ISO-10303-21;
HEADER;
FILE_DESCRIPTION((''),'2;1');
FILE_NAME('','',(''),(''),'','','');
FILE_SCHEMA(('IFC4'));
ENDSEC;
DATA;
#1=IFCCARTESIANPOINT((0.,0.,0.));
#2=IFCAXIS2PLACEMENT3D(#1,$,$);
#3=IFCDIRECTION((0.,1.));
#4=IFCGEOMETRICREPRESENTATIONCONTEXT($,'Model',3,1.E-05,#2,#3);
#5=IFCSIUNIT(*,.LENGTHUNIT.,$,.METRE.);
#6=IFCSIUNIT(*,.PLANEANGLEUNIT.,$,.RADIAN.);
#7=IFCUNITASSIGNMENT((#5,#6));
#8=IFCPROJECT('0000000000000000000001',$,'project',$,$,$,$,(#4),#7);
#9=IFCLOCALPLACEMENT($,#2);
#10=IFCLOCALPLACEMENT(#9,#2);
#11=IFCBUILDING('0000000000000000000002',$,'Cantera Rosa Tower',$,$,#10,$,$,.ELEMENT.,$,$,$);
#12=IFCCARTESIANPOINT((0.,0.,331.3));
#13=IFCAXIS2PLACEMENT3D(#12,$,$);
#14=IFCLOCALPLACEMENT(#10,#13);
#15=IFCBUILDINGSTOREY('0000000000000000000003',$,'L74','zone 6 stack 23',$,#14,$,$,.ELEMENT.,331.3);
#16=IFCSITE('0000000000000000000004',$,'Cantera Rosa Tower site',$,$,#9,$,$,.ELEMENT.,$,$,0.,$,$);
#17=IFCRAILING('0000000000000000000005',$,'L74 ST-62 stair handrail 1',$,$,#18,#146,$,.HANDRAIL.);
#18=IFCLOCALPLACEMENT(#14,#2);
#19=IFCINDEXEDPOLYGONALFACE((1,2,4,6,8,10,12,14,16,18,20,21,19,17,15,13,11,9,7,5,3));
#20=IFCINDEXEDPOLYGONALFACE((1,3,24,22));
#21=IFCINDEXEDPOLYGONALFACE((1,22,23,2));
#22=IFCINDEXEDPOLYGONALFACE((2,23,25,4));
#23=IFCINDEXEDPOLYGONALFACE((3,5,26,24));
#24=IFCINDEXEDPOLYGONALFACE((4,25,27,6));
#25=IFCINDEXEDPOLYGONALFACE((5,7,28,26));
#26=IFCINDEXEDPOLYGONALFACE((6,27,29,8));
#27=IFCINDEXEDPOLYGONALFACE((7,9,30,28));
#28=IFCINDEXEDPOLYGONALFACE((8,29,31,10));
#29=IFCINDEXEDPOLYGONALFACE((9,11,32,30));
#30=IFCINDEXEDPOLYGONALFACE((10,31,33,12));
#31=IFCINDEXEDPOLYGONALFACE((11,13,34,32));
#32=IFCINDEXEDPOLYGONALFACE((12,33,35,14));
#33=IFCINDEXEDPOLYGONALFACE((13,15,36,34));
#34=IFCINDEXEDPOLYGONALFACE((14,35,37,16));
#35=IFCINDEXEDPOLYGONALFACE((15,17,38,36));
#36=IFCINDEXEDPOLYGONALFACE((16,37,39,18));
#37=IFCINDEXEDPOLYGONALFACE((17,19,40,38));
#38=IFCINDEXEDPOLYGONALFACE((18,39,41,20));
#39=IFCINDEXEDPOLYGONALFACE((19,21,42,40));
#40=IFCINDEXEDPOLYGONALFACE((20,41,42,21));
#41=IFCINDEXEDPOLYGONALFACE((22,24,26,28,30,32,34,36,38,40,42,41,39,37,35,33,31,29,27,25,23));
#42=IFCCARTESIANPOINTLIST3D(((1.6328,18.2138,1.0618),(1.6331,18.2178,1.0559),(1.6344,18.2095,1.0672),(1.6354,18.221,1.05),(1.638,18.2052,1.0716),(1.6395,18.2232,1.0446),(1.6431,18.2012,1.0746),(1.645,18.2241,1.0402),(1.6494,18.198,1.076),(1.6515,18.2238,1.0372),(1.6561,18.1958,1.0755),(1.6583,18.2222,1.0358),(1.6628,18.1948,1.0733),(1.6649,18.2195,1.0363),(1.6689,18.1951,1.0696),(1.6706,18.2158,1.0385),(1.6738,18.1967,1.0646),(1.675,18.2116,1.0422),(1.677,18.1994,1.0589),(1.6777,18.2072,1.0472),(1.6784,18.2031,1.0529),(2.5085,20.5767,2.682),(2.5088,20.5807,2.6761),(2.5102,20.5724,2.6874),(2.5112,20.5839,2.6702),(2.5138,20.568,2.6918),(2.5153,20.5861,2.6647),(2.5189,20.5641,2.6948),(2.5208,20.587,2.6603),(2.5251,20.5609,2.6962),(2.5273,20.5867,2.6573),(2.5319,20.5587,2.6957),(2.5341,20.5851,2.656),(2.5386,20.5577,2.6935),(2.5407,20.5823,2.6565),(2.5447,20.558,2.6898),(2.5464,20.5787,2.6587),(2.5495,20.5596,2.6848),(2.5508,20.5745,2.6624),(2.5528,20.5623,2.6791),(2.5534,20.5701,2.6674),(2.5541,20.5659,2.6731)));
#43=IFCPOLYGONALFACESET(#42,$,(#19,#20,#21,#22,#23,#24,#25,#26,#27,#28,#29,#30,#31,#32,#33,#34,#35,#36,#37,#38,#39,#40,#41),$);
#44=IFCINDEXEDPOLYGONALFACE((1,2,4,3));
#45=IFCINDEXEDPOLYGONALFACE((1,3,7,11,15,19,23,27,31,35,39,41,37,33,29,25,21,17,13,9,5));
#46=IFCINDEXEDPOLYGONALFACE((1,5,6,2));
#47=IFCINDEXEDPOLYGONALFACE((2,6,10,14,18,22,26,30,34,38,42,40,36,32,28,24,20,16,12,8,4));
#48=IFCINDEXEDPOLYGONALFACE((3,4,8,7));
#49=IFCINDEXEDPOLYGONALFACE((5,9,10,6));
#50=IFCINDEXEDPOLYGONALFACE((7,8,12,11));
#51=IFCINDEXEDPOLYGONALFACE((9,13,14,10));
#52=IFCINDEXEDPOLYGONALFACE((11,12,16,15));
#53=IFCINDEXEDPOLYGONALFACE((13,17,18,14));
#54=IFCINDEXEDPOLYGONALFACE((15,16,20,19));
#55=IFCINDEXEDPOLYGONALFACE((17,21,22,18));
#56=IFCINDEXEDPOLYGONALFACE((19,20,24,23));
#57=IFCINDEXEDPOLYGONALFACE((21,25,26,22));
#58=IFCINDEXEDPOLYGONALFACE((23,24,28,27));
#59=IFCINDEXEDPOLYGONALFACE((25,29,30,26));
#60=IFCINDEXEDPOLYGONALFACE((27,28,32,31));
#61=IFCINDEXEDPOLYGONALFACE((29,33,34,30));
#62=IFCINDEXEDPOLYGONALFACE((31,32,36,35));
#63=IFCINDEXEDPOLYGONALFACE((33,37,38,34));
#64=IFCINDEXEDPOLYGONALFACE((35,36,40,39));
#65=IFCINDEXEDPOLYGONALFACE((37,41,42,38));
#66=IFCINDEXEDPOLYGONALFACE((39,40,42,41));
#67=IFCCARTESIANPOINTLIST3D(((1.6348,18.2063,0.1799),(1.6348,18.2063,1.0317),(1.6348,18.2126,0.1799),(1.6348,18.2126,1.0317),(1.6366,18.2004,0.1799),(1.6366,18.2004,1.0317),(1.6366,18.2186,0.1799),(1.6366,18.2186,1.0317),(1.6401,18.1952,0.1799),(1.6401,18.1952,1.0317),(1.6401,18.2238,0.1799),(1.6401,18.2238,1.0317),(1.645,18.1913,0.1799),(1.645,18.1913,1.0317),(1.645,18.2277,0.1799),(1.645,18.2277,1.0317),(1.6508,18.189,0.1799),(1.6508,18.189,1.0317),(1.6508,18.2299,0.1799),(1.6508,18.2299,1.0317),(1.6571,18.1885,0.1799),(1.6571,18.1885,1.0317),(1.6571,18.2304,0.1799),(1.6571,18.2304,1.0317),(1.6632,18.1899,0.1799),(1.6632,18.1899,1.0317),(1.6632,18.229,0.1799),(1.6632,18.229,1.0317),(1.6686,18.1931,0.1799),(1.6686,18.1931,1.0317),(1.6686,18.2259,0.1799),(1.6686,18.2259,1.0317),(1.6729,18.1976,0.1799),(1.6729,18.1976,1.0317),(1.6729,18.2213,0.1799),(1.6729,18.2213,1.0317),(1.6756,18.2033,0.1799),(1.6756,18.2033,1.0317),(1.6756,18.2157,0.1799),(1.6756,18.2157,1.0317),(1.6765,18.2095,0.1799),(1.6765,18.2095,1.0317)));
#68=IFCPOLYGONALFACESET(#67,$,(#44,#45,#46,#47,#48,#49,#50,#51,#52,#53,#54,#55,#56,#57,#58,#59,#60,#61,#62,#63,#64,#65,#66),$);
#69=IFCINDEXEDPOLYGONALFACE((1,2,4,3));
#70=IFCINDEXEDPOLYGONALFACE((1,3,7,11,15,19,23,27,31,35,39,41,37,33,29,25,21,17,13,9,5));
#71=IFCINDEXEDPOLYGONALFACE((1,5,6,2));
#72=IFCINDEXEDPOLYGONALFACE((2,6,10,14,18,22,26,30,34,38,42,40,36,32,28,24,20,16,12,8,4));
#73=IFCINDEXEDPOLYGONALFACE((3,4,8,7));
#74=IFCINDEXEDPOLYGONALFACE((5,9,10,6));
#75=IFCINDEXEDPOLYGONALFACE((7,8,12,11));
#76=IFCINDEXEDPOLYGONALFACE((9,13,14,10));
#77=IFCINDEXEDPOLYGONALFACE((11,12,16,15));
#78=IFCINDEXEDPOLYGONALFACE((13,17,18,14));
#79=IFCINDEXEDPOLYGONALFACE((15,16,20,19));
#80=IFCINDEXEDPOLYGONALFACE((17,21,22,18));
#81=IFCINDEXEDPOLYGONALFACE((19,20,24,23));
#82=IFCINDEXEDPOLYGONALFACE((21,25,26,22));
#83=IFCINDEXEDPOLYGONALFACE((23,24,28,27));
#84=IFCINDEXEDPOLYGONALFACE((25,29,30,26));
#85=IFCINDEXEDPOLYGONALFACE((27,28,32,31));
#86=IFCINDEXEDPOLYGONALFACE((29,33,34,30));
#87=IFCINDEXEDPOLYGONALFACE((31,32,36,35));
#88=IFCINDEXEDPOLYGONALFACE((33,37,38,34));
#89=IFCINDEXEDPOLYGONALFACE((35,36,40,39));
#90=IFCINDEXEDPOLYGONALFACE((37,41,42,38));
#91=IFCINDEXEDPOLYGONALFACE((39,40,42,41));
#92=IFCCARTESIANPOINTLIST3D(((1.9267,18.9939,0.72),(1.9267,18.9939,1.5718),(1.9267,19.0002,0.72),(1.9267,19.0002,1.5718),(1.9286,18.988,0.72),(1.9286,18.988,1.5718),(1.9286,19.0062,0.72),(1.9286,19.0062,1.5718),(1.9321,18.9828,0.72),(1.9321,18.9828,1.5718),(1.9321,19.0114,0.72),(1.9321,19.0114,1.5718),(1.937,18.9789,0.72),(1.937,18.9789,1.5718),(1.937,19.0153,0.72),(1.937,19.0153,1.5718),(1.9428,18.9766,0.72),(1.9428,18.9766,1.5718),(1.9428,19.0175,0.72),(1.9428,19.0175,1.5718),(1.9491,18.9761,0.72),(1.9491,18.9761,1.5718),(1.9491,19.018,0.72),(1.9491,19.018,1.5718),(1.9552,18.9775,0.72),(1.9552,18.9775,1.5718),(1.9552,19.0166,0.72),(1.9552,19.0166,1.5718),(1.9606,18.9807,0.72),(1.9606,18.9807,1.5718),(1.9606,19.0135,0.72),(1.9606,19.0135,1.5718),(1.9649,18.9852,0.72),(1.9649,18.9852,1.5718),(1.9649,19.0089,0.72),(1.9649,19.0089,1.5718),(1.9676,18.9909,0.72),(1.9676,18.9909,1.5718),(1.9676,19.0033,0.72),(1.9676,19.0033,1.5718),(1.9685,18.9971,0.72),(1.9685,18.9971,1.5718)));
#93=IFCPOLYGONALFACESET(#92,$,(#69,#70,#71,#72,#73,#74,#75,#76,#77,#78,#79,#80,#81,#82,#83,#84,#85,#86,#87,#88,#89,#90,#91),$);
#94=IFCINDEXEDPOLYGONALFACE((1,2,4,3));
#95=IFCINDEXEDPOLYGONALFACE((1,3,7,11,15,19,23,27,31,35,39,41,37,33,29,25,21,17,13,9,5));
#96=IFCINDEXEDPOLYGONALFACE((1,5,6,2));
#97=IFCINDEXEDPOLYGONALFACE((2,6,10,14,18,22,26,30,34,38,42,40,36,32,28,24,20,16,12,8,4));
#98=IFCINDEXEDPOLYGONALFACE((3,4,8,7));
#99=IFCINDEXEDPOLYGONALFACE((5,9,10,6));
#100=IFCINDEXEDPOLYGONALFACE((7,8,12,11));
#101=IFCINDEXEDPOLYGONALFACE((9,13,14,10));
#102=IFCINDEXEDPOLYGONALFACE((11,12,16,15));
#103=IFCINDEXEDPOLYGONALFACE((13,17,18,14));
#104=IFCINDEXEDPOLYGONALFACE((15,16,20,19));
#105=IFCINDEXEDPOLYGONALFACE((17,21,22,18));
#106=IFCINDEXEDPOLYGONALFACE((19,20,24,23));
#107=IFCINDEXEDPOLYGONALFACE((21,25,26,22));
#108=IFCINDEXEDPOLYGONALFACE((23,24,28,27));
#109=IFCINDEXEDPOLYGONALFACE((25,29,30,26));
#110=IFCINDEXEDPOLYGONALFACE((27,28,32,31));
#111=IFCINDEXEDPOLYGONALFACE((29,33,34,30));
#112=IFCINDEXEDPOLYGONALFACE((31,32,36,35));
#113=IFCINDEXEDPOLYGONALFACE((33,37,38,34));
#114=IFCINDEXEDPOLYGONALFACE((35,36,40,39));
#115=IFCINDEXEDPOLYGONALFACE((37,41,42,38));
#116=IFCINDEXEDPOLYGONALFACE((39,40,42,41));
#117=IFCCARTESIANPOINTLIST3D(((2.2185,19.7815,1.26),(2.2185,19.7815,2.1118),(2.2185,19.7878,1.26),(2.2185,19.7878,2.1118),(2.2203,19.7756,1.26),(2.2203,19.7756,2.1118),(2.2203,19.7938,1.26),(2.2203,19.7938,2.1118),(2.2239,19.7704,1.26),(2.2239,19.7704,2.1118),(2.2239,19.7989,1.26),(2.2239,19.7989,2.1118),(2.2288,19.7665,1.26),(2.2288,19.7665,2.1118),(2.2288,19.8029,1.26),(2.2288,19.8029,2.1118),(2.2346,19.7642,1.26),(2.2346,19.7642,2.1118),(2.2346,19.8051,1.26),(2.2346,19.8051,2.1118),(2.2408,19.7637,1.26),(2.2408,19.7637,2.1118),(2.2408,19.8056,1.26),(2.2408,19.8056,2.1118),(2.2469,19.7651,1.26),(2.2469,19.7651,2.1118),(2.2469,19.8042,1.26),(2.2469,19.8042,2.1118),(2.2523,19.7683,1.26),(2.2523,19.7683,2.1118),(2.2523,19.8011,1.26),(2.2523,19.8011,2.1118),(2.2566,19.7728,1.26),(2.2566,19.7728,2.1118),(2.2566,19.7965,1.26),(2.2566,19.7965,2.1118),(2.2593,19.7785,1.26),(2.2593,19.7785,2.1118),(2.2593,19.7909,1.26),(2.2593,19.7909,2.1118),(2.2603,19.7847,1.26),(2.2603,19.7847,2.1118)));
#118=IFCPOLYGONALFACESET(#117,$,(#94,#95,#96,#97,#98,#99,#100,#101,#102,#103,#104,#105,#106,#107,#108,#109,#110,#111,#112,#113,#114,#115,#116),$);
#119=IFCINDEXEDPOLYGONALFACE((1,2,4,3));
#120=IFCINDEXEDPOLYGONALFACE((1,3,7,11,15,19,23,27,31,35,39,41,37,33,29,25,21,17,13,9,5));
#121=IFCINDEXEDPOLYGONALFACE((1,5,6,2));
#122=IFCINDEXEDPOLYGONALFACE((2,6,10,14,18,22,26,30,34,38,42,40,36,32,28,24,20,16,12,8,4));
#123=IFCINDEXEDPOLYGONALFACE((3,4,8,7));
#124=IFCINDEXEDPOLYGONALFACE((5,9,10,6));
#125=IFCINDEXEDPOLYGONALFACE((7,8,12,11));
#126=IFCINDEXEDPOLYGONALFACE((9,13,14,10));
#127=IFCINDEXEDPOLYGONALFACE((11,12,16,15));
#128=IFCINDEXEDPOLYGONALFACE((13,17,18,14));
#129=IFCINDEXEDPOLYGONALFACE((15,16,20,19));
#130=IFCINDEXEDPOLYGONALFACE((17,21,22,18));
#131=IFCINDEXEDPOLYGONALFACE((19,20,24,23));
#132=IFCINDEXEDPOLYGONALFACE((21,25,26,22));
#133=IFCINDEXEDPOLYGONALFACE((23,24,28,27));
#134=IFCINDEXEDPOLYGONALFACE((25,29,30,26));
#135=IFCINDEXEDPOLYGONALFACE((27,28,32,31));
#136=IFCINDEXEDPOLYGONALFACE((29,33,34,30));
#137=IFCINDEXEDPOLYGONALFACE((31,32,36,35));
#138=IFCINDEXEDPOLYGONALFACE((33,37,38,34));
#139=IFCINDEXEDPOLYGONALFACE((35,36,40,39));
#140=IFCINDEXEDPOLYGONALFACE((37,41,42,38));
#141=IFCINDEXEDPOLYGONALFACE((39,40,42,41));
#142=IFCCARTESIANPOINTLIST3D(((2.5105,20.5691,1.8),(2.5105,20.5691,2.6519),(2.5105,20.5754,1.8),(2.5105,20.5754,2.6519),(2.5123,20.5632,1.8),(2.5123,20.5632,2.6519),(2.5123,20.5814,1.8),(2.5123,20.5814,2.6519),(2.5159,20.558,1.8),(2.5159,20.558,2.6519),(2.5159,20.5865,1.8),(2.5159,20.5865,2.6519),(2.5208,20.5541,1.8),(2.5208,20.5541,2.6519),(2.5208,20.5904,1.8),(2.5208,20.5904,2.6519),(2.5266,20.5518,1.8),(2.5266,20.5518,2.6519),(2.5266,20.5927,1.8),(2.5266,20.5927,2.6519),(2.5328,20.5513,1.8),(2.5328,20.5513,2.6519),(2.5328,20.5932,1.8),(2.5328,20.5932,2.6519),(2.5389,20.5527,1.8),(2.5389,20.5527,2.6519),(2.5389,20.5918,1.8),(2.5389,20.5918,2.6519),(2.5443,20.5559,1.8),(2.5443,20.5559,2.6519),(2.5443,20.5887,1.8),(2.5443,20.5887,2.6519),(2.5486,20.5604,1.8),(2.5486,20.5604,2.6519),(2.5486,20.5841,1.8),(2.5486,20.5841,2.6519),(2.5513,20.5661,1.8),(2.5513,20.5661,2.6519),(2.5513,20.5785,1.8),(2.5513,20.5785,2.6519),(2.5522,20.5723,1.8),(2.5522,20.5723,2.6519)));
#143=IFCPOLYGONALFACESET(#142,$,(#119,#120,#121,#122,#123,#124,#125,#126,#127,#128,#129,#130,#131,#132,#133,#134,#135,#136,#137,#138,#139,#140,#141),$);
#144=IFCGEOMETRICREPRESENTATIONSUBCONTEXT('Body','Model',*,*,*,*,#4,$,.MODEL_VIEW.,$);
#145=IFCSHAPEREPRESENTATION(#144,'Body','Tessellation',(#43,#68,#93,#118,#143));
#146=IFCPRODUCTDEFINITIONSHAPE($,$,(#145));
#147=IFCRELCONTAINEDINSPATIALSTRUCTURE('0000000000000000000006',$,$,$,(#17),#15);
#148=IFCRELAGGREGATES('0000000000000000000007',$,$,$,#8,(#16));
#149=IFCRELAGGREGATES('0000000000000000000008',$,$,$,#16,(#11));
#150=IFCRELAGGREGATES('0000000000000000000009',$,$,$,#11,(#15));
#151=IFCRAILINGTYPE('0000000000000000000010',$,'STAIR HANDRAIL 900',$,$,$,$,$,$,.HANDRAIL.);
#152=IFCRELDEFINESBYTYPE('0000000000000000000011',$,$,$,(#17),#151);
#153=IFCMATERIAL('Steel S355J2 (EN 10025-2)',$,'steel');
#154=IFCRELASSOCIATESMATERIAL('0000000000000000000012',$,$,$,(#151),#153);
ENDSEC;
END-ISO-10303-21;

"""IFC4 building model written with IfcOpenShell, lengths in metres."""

from ifc_helpers import new_model, si_unit, direction, frame, origin, origin_2d, place, context, subcontext, project, spatial, circle, extrude, material, type_object, element, save


model = new_model("IFC4")

# Units and contexts
model_context = context("Model", 3, precision=1e-05, world=origin(), true_north=direction((0.0, 1.0)))
body_context = subcontext(model_context, "Body", "Model", "MODEL_VIEW")
ifc_project = project(units=[si_unit("LENGTHUNIT", "METRE"), si_unit("PLANEANGLEUNIT", "RADIAN")], contexts=[model_context])

# Site, building, storey
site_placement = place(None, origin())
site = spatial("IfcSite", under=ifc_project, at=site_placement, Name="Cantera Rosa Tower site", CompositionType="ELEMENT", RefElevation=0.0)
building_placement = place(site_placement, origin())
building = spatial("IfcBuilding", under=site, at=building_placement, Name="Cantera Rosa Tower", CompositionType="ELEMENT")
storey_placement = place(building_placement, frame((0.0, 0.0, 331.3)))
storey = spatial("IfcBuildingStorey", under=building, at=storey_placement, Name="L74", Description="zone 6 stack 23", CompositionType="ELEMENT", Elevation=331.3)

# Railing
ifc_material_1 = material(Name="Steel S355J2 (EN 10025-2)", Category="steel")
railing_type_1 = type_object("IfcRailingType", Name="STAIR HANDRAIL 900", PredefinedType="HANDRAIL", material=ifc_material_1)
railing_1_placement = place(storey_placement, frame((1.6555, 18.2095, 0.1799)))
element("IfcRailing", 1, at=railing_1_placement, inside=storey, type_object=railing_type_1, Name="L74 ST-62 stair handrail 1", PredefinedType="HANDRAIL", context=body_context, shape_type="SweptSolid", body=[
    extrude(circle(Radius=0.0239, at=origin_2d()), frame((0.0, 0.0, 0.876), z_axis=(0.292326, 0.788717, 0.540806), x_axis=(-0.937668, 0.347532, 0.0)), (0.0, 0.0, 1.0), 2.9958),
    extrude(circle(Radius=0.021, at=origin_2d()), origin(), (0.0, 0.0, 1.0), 0.8518),
    extrude(circle(Radius=0.021, at=origin_2d()), frame((0.292, 0.7876, 0.54)), (0.0, 0.0, 1.0), 0.8518),
    extrude(circle(Radius=0.021, at=origin_2d()), frame((0.5837, 1.5752, 1.0801)), (0.0, 0.0, 1.0), 0.8518),
    extrude(circle(Radius=0.021, at=origin_2d()), frame((0.8757, 2.3628, 1.6201)), (0.0, 0.0, 1.0), 0.8518),
])

save(model, "model.ifc")
